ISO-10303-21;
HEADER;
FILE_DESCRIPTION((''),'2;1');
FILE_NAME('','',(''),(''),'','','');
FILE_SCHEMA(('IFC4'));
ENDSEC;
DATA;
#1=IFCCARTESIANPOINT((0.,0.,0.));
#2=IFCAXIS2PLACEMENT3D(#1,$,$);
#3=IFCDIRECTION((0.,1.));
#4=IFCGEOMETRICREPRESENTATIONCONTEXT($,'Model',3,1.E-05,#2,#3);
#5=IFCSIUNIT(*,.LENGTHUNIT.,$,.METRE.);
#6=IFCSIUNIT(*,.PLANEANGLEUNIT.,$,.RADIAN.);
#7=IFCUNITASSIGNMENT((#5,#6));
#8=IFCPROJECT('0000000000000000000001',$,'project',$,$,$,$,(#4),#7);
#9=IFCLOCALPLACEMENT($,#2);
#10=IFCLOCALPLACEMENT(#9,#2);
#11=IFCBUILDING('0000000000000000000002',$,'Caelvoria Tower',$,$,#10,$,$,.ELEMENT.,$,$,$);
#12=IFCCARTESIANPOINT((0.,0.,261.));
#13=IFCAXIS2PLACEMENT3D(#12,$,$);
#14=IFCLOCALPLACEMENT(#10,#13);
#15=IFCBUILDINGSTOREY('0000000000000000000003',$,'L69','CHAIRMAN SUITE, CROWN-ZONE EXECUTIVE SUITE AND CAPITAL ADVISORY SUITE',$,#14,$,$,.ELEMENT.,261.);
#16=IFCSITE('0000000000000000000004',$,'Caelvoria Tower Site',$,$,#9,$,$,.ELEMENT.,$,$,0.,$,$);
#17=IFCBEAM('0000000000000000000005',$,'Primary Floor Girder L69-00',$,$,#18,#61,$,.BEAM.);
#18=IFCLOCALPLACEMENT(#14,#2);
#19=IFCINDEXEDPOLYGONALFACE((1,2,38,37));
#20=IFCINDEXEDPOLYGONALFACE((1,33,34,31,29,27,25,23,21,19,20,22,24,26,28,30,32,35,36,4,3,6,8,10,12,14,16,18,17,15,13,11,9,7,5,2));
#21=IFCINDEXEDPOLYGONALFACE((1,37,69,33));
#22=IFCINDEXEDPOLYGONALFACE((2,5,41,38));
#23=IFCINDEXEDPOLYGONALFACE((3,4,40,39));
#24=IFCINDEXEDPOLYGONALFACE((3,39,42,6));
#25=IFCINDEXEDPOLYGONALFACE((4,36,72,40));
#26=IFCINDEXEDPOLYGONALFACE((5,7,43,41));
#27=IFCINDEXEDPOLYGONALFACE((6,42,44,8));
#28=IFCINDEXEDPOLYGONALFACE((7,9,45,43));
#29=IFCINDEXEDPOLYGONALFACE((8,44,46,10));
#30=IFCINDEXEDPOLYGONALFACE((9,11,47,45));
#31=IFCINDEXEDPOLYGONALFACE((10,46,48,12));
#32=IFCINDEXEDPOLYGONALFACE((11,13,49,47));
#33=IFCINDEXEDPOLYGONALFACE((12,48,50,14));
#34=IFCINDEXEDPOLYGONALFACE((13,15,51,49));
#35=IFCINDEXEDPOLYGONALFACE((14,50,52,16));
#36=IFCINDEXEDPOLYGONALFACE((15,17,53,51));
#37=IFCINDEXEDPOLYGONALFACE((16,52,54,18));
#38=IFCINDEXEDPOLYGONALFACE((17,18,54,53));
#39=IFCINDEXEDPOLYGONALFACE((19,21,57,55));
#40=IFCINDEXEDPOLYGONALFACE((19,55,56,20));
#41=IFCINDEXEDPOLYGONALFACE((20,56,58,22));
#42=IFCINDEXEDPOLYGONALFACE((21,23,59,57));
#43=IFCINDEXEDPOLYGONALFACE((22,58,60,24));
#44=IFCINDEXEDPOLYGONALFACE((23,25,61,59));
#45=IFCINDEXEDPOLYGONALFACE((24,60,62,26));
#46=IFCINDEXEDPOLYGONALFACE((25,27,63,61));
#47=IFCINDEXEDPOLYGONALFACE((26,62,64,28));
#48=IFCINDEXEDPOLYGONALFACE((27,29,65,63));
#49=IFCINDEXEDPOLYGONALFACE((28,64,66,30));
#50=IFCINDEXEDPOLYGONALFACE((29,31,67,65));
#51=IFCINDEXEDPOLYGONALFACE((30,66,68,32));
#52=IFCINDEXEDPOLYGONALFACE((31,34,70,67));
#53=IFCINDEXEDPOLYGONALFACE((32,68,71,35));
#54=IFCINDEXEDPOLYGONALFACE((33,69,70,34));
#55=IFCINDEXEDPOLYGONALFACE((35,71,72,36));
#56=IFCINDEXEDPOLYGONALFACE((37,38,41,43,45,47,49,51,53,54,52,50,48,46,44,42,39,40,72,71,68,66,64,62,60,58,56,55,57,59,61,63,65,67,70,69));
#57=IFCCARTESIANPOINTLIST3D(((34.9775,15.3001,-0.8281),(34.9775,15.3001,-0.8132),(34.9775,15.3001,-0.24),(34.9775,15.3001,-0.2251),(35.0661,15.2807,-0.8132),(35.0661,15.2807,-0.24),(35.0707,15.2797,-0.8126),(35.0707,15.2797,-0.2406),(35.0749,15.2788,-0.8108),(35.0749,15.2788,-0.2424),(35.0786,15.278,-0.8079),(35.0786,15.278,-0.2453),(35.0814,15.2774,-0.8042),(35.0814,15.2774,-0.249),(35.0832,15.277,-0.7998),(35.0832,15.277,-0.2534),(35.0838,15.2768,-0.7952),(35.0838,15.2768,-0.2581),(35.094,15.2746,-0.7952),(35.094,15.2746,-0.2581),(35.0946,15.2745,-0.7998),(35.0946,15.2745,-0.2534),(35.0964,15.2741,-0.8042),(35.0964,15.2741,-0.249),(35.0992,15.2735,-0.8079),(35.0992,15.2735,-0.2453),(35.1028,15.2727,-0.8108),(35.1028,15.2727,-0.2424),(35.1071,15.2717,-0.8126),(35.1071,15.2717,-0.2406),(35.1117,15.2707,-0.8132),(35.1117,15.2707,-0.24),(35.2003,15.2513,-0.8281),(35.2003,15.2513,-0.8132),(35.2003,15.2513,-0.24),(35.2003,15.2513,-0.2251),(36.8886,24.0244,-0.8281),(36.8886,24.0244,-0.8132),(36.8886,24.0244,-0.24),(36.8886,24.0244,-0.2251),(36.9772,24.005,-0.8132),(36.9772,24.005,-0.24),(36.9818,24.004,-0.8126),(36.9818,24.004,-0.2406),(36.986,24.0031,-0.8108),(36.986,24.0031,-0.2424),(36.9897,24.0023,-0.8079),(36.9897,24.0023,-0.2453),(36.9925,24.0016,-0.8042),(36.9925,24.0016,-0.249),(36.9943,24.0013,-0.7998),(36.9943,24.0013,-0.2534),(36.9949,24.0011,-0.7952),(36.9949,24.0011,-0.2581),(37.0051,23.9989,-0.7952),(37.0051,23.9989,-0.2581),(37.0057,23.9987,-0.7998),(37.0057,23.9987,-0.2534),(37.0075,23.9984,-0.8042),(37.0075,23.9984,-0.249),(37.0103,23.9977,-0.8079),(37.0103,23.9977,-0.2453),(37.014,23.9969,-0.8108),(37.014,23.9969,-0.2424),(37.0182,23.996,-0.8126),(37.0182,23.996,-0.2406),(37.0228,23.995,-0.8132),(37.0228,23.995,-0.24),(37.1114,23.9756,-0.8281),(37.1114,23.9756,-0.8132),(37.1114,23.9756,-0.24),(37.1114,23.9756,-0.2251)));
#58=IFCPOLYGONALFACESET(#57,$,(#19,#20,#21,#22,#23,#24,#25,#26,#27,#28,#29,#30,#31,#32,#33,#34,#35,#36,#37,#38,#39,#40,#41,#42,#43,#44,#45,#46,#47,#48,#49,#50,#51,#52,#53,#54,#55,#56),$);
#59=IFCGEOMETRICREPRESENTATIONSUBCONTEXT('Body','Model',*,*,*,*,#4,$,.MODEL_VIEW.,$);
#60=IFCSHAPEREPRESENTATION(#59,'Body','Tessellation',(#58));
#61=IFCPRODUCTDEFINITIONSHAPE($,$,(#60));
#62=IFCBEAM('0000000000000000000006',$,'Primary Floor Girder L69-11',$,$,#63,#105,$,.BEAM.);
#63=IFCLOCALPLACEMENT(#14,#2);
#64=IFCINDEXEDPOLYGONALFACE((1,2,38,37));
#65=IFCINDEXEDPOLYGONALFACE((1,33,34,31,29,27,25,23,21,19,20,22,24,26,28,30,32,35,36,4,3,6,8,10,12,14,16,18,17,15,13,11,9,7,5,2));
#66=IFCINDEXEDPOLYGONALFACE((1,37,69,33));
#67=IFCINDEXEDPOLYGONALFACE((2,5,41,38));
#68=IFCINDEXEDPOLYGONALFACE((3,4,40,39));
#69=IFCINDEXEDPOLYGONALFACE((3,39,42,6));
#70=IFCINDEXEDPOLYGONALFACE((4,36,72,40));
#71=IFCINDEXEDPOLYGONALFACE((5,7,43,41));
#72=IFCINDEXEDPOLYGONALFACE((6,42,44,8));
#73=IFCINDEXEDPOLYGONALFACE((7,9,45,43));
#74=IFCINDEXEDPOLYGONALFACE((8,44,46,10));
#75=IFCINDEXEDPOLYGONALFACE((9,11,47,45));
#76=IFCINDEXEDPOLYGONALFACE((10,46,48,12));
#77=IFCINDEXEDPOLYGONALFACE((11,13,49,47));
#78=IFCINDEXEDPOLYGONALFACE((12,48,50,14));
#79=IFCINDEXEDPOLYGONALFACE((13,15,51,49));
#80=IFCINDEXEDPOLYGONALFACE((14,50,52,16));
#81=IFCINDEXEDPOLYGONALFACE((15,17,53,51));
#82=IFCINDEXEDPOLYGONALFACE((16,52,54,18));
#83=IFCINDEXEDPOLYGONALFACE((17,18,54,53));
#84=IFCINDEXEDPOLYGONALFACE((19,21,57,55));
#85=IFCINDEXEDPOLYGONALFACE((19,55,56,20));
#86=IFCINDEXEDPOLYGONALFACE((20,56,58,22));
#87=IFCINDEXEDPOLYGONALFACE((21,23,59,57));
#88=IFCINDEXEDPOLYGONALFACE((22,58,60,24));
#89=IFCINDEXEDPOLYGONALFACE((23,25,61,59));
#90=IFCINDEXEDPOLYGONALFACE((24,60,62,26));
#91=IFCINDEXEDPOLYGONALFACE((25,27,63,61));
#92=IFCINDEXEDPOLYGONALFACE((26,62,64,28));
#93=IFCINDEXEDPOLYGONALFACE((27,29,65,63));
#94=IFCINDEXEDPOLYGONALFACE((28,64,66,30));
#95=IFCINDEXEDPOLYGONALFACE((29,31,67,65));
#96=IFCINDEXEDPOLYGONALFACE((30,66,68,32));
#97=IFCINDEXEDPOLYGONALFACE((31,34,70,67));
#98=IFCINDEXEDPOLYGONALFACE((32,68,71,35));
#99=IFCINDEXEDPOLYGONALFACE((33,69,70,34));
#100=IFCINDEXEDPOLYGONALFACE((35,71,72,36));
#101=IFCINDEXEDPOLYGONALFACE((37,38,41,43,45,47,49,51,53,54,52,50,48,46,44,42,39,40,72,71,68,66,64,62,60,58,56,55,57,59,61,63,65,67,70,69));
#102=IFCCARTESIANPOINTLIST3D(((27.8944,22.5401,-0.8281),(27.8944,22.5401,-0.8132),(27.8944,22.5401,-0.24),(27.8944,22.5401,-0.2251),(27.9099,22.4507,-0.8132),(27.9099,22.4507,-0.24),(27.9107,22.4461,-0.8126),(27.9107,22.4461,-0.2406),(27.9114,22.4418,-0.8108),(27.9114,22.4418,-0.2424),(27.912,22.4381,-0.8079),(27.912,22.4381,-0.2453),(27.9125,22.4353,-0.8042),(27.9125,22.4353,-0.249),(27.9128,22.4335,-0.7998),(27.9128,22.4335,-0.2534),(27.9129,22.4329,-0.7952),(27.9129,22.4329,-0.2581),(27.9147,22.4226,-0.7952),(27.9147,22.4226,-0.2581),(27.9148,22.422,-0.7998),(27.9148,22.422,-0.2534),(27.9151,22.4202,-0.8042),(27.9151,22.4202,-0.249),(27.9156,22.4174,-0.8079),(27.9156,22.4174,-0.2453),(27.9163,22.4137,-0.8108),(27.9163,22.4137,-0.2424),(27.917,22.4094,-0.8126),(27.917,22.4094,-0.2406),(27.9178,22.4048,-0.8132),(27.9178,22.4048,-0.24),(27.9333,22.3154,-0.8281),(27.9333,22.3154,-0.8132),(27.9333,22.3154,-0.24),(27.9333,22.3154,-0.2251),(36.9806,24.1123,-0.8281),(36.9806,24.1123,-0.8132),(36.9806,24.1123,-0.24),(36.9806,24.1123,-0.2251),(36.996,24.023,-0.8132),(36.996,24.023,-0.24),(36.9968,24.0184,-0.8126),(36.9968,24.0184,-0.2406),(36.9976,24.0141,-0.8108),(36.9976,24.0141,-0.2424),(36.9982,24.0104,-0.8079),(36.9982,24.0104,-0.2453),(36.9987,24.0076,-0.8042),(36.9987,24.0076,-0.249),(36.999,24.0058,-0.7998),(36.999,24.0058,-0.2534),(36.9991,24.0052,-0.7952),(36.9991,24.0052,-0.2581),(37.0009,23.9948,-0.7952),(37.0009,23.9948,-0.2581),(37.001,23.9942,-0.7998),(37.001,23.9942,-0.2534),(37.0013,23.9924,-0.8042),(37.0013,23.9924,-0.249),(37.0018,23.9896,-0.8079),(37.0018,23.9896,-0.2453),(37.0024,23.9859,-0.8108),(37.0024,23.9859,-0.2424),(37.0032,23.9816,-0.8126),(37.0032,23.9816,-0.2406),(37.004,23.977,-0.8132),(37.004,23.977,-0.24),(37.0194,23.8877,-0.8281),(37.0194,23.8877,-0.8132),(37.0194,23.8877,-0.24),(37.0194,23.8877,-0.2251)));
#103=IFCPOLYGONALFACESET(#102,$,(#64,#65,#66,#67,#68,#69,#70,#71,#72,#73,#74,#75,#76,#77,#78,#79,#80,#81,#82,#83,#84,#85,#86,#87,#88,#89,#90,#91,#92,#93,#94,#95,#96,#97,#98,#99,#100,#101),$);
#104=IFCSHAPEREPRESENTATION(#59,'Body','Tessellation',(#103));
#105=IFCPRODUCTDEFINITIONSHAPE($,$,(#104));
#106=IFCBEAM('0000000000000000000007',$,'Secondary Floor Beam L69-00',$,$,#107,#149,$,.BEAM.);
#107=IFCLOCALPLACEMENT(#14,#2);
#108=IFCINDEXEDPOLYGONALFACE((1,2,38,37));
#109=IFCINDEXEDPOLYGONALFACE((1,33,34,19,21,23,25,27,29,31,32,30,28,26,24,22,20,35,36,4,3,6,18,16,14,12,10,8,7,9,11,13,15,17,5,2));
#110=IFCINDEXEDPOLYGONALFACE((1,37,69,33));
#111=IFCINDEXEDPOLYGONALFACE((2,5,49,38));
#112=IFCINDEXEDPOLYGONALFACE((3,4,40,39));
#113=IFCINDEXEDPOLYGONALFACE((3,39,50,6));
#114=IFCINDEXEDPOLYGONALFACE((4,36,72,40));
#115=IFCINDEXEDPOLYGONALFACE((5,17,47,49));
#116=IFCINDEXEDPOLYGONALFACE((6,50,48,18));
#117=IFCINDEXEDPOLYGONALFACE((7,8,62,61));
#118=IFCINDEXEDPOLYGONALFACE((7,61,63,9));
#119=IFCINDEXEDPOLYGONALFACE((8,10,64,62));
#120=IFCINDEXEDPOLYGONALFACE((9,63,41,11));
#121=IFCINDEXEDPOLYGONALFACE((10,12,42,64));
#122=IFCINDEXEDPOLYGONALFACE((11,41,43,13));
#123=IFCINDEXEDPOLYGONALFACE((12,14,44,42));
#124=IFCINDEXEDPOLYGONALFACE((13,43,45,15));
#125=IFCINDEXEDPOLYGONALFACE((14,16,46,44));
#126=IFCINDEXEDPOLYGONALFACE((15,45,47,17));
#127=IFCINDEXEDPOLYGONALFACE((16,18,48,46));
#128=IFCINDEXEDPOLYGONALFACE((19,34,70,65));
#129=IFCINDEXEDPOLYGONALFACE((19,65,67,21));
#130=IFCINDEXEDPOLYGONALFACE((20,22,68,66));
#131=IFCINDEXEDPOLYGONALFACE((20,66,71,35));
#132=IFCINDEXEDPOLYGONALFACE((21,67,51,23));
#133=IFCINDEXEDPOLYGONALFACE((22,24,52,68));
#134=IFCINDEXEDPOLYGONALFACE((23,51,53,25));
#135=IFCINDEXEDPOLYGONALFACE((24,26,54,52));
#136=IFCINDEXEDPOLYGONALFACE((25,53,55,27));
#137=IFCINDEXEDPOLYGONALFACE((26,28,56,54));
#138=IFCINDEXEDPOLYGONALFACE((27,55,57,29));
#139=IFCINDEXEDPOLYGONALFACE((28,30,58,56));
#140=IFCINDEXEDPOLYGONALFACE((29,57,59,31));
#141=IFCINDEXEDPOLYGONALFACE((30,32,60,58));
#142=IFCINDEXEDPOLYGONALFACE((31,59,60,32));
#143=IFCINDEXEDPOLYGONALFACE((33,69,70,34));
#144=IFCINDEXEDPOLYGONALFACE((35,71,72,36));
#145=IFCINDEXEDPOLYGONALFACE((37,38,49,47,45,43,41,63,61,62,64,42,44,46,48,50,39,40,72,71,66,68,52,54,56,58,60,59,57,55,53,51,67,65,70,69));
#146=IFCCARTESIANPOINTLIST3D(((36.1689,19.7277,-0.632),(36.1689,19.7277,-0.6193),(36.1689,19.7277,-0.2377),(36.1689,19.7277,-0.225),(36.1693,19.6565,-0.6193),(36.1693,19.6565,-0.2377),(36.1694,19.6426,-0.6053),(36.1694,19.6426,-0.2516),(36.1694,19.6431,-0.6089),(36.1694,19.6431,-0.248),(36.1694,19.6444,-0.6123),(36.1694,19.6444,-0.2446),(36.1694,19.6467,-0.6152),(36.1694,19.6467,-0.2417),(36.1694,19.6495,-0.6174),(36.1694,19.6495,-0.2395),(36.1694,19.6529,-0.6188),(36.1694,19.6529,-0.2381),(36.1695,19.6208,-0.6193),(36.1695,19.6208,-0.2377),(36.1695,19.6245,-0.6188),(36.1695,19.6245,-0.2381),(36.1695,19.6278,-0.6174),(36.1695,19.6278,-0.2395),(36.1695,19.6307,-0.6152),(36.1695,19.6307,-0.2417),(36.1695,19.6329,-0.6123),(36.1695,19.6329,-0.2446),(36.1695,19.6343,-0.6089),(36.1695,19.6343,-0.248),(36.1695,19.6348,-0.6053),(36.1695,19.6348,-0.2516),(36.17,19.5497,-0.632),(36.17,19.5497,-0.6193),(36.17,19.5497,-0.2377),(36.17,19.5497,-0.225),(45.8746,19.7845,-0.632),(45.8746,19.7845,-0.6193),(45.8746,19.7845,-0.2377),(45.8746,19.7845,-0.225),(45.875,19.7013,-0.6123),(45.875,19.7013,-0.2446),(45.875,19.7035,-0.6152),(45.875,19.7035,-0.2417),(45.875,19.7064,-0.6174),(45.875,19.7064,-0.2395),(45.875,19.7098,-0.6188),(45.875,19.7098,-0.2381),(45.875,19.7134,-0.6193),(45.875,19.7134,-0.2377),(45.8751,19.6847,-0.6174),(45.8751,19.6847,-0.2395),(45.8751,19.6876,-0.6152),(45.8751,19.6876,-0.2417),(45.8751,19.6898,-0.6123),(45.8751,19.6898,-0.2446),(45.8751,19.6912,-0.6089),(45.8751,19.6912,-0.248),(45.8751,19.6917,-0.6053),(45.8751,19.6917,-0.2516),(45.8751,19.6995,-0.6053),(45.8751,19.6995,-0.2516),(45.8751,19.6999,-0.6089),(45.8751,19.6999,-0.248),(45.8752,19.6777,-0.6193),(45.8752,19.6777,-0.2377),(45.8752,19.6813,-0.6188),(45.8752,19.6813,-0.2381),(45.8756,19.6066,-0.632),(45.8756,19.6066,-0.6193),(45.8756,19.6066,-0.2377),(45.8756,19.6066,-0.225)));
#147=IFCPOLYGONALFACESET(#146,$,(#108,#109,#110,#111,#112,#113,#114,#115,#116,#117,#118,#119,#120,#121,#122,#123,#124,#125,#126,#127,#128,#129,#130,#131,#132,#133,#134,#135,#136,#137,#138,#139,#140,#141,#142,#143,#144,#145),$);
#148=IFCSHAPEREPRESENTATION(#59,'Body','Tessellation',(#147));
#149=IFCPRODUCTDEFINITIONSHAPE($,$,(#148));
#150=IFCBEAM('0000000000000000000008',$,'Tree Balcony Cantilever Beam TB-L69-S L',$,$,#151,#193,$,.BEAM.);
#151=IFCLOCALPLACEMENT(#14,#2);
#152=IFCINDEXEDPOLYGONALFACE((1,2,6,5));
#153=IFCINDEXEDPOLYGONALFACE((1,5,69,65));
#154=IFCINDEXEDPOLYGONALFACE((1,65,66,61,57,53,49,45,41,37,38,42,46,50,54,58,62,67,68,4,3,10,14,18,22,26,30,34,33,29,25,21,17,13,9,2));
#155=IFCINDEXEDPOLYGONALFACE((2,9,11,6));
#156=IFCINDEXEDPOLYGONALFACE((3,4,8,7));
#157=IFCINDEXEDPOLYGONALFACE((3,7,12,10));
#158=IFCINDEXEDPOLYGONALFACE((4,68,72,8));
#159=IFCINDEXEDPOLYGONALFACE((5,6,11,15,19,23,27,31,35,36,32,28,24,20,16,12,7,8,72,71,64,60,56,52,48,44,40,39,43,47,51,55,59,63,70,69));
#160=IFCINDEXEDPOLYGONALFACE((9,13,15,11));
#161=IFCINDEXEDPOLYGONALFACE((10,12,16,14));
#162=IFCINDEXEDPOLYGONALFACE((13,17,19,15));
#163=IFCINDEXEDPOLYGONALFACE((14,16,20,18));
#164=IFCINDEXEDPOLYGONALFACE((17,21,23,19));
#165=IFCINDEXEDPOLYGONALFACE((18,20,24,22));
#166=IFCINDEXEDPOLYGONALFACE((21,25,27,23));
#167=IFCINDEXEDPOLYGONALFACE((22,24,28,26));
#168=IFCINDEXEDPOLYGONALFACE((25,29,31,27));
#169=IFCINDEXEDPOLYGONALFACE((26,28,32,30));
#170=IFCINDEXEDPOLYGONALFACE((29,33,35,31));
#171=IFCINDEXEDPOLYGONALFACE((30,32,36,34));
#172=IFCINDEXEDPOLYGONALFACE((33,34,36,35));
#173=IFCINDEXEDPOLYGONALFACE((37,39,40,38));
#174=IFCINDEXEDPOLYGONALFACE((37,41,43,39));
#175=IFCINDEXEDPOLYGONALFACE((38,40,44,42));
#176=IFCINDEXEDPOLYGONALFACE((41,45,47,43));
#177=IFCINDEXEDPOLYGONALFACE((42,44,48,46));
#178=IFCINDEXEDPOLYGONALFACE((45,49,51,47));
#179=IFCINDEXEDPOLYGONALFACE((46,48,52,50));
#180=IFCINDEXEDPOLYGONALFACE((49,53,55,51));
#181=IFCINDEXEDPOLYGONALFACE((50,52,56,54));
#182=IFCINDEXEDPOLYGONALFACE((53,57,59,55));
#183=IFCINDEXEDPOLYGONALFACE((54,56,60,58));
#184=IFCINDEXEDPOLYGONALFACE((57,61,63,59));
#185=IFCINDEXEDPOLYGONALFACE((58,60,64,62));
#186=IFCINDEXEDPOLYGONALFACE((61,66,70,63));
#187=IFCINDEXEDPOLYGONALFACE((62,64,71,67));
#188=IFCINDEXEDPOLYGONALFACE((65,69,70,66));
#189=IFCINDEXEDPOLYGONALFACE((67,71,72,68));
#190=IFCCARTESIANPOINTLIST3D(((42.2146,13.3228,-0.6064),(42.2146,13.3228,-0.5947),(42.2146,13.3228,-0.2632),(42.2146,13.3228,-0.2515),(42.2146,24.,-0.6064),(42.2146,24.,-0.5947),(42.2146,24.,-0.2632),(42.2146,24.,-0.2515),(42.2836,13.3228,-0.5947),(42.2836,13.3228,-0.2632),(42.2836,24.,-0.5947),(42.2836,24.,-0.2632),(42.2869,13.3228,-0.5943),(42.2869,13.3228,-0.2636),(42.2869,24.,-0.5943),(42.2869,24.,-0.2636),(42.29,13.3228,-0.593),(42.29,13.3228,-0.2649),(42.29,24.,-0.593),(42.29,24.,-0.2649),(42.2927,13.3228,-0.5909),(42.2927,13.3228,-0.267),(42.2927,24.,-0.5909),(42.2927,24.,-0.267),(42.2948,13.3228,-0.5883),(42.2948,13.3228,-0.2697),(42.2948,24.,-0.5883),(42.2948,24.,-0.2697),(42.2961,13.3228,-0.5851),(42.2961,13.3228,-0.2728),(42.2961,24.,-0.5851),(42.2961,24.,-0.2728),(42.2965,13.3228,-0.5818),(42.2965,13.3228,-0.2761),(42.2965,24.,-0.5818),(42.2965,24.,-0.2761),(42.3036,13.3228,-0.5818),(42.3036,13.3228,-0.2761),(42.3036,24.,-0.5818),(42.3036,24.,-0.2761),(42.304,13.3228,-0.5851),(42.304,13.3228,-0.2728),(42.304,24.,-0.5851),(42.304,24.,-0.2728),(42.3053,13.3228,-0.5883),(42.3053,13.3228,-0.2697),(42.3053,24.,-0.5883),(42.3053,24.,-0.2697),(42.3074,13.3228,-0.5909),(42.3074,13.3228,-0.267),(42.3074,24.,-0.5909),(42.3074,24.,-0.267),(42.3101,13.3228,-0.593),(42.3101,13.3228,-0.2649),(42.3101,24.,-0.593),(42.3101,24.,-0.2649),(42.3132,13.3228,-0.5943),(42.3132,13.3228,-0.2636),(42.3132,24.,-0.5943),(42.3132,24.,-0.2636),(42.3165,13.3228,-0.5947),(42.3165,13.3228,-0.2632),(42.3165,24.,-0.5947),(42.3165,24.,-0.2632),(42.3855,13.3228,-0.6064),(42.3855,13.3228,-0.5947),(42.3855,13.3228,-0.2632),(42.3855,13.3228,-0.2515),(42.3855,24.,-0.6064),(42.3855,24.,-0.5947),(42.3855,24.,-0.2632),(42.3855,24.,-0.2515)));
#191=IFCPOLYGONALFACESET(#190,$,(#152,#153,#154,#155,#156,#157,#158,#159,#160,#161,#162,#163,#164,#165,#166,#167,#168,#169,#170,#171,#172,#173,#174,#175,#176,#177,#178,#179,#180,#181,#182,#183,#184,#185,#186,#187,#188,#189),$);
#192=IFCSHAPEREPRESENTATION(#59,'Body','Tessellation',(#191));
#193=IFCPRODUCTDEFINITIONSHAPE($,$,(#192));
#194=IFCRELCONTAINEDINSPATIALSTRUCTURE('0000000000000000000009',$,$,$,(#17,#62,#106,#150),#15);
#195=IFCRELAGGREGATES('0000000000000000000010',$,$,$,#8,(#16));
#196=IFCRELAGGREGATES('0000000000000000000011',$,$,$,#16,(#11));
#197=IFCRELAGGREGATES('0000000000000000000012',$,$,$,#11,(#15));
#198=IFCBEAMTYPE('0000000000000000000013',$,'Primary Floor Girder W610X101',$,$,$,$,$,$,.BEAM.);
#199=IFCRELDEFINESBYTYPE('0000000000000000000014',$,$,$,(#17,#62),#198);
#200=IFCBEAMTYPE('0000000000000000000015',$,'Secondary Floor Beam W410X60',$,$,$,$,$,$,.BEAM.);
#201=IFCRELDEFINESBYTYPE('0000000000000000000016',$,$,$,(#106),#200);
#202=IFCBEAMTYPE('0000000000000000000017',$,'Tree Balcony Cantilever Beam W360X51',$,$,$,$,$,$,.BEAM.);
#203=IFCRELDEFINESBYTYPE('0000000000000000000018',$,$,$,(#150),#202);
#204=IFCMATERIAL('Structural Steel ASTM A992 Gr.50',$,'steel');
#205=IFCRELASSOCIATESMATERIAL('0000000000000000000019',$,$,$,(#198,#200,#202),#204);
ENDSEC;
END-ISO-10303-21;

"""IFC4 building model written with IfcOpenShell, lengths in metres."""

from ifc_helpers import new_model, si_unit, direction, frame, origin, origin_2d, place, context, subcontext, project, spatial, i_section, extrude, material, material_profile, profile_set, type_object, element, save


model = new_model("IFC4")

# Units and contexts
model_context = context("Model", 3, precision=1e-05, world=origin(), true_north=direction((0.0, 1.0)))
body_context = subcontext(model_context, "Body", "Model", "MODEL_VIEW")
ifc_project = project(units=[si_unit("LENGTHUNIT", "METRE"), si_unit("PLANEANGLEUNIT", "RADIAN")], contexts=[model_context])

# Site, building, storey
site_placement = place(None, origin())
site = spatial("IfcSite", under=ifc_project, at=site_placement, Name="Caelvoria Tower Site", CompositionType="ELEMENT", RefElevation=0.0)
building_placement = place(site_placement, origin())
building = spatial("IfcBuilding", under=site, at=building_placement, Name="Caelvoria Tower", CompositionType="ELEMENT")
storey_placement = place(building_placement, frame((0.0, 0.0, 261.0)))
storey = spatial("IfcBuildingStorey", under=building, at=storey_placement, Name="L69", Description="CHAIRMAN SUITE, CROWN-ZONE EXECUTIVE SUITE AND CAPITAL ADVISORY SUITE", CompositionType="ELEMENT", Elevation=261.0)

# Beams
ifc_material_1 = material(Name="Structural Steel ASTM A992 Gr.50", Category="steel")
ifc_material_profile_1 = material_profile(ifc_material_1, i_section(OverallWidth=0.228, OverallDepth=0.603, WebThickness=0.0105, FlangeThickness=0.0149, FilletRadius=0.0181, at=origin_2d()), Name="Structural Steel ASTM A992 Gr.50")
ifc_profile_set_1 = profile_set([ifc_material_profile_1], Name="W610X101 - Structural Steel ASTM A992 Gr.50")
beam_type_1 = type_object("IfcBeamType", Name="Primary Floor Girder W610X101", PredefinedType="BEAM", material=ifc_profile_set_1)
beam_1_placement = place(storey_placement, frame((37.0, 24.0, -0.5266), z_axis=(-0.213983, -0.976837, 0.0), x_axis=(0.976837, -0.213983, 0.0)))
element("IfcBeam", 1, at=beam_1_placement, inside=storey, type_object=beam_type_1, Name="Primary Floor Girder L69-00", PredefinedType="BEAM", context=body_context, shape_type="SweptSolid", body=[
    extrude(i_section(OverallWidth=0.228, OverallDepth=0.603, WebThickness=0.0105, FlangeThickness=0.0149, FilletRadius=0.0181, at=origin_2d()), origin(), (0.0, 0.0, 1.0), 8.9312),
])
beam_2_placement = place(storey_placement, frame((37.0, 24.0, -0.5266), z_axis=(-0.985357, -0.170505, 0.0), x_axis=(0.170505, -0.985357, 0.0)))
element("IfcBeam", 2, at=beam_2_placement, inside=storey, type_object=beam_type_1, Name="Primary Floor Girder L69-11", PredefinedType="BEAM", context=body_context, shape_type="SweptSolid", body=[
    extrude(i_section(OverallWidth=0.228, OverallDepth=0.603, WebThickness=0.0105, FlangeThickness=0.0149, FilletRadius=0.0181, at=origin_2d()), origin(), (0.0, 0.0, 1.0), 9.2212),
])
ifc_material_profile_2 = material_profile(ifc_material_1, i_section(OverallWidth=0.178, OverallDepth=0.407, WebThickness=0.0078, FlangeThickness=0.0127, FilletRadius=0.0139, at=origin_2d()), Name="Structural Steel ASTM A992 Gr.50")
ifc_profile_set_2 = profile_set([ifc_material_profile_2], Name="W410X60 - Structural Steel ASTM A992 Gr.50")
beam_type_2 = type_object("IfcBeamType", Name="Secondary Floor Beam W410X60", PredefinedType="BEAM", material=ifc_profile_set_2)
beam_3_placement = place(storey_placement, frame((36.1694, 19.6387, -0.4285), z_axis=(0.999983, 0.005861, 0.0), x_axis=(-0.005861, 0.999983, 0.0)))
element("IfcBeam", 3, at=beam_3_placement, inside=storey, type_object=beam_type_2, Name="Secondary Floor Beam L69-00", PredefinedType="BEAM", context=body_context, shape_type="SweptSolid", body=[
    extrude(i_section(OverallWidth=0.178, OverallDepth=0.407, WebThickness=0.0078, FlangeThickness=0.0127, FilletRadius=0.0139, at=origin_2d()), origin(), (0.0, 0.0, 1.0), 9.7058),
])
ifc_material_profile_3 = material_profile(ifc_material_1, i_section(OverallWidth=0.1709, OverallDepth=0.355, WebThickness=0.0071, FlangeThickness=0.0117, FilletRadius=0.0129, at=origin_2d()), Name="Structural Steel ASTM A992 Gr.50")
ifc_profile_set_3 = profile_set([ifc_material_profile_3], Name="W360X51 - Structural Steel ASTM A992 Gr.50")
beam_type_3 = type_object("IfcBeamType", Name="Tree Balcony Cantilever Beam W360X51", PredefinedType="BEAM", material=ifc_profile_set_3)
beam_4_placement = place(storey_placement, frame((42.3, 24.0, -0.429), z_axis=(0.0, -1.0, 0.0), x_axis=(1.0, 0.0, 0.0)))
element("IfcBeam", 4, at=beam_4_placement, inside=storey, type_object=beam_type_3, Name="Tree Balcony Cantilever Beam TB-L69-S L", PredefinedType="BEAM", context=body_context, shape_type="SweptSolid", body=[
    extrude(i_section(OverallWidth=0.1709, OverallDepth=0.355, WebThickness=0.0071, FlangeThickness=0.0117, FilletRadius=0.0129, at=origin_2d()), origin(), (0.0, 0.0, 1.0), 10.6772),
])

save(model, "model.ifc")
